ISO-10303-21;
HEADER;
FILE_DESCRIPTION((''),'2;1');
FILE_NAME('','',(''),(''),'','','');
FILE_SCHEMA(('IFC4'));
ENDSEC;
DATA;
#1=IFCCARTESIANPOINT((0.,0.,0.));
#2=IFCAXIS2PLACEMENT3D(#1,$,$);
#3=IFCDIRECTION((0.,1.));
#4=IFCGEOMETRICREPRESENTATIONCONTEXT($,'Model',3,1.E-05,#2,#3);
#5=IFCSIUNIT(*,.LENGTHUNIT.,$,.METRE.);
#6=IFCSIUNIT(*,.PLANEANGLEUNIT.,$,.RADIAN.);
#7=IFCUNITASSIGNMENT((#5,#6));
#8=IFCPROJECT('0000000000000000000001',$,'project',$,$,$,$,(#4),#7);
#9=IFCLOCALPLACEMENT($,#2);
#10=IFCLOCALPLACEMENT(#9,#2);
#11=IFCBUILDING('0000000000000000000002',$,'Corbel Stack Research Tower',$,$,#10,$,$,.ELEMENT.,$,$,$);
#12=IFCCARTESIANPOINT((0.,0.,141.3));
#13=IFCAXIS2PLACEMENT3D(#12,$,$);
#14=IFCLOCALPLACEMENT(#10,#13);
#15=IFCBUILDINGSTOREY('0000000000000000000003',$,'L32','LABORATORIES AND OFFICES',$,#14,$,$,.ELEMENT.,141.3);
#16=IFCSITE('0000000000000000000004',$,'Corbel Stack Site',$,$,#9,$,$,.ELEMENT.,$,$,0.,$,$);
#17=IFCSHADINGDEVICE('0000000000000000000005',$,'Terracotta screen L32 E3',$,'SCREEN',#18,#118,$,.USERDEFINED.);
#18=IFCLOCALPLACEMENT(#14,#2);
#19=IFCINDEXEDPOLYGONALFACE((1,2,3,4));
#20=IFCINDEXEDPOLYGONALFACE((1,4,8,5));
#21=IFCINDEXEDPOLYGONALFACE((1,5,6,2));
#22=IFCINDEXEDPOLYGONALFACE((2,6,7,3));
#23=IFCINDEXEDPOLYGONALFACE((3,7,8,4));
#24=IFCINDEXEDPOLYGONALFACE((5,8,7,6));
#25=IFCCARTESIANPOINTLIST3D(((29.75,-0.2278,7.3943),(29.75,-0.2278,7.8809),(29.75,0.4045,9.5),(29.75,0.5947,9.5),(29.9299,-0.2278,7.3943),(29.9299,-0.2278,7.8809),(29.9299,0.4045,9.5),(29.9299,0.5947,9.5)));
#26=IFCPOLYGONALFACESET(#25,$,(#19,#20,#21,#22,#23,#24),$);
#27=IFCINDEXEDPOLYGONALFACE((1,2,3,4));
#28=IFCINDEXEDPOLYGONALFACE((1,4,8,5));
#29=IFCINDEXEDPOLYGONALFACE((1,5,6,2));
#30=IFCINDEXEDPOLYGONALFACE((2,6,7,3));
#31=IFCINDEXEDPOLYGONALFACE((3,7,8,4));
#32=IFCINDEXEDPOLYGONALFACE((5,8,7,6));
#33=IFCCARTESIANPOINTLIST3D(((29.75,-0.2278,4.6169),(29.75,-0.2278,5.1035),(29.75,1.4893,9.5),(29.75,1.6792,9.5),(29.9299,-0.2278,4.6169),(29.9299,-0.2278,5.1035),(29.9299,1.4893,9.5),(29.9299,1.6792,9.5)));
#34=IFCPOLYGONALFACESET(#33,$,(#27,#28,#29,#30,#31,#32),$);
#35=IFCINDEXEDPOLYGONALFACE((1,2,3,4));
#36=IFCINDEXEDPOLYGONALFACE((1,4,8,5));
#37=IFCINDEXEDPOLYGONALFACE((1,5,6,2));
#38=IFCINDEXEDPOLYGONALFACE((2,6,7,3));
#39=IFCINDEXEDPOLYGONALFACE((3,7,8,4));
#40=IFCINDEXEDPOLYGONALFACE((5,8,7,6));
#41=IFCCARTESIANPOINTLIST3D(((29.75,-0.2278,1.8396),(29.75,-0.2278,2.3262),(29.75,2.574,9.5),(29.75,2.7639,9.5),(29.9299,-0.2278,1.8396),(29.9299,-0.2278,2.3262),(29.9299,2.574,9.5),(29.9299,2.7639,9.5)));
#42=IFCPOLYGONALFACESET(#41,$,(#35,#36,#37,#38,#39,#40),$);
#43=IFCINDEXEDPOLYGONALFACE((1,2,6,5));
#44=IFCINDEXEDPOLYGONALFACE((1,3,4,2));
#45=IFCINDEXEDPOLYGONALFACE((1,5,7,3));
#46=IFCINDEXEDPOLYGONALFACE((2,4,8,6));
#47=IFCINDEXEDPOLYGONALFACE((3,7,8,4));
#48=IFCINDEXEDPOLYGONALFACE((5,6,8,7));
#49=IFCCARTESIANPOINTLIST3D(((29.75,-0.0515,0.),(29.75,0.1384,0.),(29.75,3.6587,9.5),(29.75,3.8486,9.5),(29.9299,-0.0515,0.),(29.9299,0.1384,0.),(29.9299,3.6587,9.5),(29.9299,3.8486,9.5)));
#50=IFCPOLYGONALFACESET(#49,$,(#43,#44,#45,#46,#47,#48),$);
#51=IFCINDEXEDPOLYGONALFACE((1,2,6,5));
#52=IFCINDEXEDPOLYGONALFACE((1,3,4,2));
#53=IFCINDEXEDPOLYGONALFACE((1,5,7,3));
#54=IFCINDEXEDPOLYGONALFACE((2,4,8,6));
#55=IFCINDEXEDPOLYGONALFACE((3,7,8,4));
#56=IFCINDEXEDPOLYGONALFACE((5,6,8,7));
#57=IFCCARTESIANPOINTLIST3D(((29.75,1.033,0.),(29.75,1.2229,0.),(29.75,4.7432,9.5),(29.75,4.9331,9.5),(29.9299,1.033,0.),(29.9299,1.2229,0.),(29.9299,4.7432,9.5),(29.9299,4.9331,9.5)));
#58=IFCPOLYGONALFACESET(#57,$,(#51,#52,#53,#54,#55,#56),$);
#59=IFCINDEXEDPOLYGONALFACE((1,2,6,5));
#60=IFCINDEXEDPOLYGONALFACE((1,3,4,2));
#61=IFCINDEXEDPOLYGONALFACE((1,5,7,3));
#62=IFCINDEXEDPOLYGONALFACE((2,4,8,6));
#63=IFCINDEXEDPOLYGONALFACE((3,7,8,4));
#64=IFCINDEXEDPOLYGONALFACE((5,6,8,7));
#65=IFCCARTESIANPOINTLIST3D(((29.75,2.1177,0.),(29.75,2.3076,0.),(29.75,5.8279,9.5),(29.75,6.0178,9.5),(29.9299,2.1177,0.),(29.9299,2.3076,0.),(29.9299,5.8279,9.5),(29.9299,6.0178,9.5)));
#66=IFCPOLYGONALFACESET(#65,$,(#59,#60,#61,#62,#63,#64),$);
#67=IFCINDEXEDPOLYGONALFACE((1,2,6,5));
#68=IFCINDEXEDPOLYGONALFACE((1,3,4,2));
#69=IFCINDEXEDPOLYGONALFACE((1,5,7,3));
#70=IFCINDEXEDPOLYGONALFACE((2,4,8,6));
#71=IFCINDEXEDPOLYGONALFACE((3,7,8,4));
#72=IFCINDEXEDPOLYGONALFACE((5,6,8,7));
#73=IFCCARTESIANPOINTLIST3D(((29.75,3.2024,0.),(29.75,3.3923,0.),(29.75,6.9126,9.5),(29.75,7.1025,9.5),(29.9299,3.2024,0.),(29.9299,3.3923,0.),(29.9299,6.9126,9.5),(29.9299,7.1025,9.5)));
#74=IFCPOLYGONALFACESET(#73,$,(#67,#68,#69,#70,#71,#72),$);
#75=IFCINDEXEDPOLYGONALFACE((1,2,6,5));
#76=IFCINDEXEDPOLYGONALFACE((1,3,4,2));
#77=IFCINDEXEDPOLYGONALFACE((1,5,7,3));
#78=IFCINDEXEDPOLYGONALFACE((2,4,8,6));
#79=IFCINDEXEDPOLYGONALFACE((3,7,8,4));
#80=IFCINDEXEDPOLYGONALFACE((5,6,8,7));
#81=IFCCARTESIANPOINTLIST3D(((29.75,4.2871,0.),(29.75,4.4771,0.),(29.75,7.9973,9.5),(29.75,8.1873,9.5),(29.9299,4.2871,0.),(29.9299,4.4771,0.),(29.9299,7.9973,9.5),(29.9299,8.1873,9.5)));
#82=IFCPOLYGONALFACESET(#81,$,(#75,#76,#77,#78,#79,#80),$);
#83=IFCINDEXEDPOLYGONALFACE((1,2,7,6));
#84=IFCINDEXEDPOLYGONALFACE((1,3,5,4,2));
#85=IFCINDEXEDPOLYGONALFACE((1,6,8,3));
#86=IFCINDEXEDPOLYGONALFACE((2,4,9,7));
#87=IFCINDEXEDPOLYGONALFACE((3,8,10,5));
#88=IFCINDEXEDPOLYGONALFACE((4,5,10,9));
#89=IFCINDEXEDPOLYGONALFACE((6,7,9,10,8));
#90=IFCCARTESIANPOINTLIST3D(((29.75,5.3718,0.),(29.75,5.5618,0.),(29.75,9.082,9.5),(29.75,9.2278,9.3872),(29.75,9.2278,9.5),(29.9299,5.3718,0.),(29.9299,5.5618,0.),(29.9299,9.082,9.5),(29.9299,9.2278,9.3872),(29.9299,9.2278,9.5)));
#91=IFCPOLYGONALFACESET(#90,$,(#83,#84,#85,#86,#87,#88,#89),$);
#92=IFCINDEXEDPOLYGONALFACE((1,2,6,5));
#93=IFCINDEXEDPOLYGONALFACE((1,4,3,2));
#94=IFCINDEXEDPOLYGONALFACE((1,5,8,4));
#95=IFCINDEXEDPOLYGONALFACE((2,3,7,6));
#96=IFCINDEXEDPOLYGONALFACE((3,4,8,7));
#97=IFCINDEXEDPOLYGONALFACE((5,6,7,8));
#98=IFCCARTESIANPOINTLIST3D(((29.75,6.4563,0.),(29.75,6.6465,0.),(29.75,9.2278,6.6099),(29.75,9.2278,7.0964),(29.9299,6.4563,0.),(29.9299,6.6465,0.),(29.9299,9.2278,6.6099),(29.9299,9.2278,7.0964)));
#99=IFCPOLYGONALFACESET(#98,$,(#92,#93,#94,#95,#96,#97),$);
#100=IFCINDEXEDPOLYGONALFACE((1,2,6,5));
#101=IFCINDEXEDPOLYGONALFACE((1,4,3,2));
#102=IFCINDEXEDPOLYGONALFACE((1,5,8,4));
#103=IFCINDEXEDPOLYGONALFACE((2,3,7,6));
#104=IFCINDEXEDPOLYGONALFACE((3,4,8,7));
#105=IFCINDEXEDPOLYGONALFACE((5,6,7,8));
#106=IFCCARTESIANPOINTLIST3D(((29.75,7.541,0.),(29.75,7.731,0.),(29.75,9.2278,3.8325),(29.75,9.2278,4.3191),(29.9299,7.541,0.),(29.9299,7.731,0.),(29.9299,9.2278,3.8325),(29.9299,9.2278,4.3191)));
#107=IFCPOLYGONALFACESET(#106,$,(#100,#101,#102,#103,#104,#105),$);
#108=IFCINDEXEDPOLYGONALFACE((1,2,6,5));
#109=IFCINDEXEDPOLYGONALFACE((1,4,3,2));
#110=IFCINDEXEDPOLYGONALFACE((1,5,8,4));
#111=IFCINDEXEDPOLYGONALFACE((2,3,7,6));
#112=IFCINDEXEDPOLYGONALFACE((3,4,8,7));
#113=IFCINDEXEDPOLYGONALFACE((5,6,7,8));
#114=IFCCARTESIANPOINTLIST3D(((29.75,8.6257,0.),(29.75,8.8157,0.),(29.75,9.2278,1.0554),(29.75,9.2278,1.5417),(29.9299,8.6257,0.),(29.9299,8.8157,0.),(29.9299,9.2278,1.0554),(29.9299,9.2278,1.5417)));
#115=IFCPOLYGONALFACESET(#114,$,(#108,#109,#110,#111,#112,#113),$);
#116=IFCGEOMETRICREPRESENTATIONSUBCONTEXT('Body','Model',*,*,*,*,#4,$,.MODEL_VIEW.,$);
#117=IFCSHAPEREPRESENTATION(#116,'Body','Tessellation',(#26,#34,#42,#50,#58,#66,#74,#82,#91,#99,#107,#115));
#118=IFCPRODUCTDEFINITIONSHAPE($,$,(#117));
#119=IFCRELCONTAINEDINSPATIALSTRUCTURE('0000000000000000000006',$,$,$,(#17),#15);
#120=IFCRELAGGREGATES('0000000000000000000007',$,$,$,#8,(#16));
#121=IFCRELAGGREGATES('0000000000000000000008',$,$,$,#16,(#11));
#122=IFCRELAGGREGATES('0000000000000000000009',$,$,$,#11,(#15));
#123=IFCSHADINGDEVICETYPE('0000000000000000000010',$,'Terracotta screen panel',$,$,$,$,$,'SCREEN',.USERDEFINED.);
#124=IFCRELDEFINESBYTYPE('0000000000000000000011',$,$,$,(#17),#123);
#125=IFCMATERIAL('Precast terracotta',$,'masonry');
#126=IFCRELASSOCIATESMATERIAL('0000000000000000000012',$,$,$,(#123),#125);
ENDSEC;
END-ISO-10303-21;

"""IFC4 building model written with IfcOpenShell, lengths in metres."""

from ifc_helpers import new_model, si_unit, direction, frame, origin, place, context, subcontext, project, spatial, polyline, outline, extrude, source, transform, mapped, material, type_object, element, save


model = new_model("IFC4")

# Units and contexts
model_context = context("Model", 3, precision=1e-05, world=origin(), true_north=direction((0.0, 1.0)))
body_context = subcontext(model_context, "Body", "Model", "MODEL_VIEW")
ifc_project = project(units=[si_unit("LENGTHUNIT", "METRE"), si_unit("PLANEANGLEUNIT", "RADIAN")], contexts=[model_context])

# Site, building, storey
site_placement = place(None, origin())
site = spatial("IfcSite", under=ifc_project, at=site_placement, Name="Corbel Stack Site", CompositionType="ELEMENT", RefElevation=0.0)
building_placement = place(site_placement, origin())
building = spatial("IfcBuilding", under=site, at=building_placement, Name="Corbel Stack Research Tower", CompositionType="ELEMENT")
storey_placement = place(building_placement, frame((0.0, 0.0, 141.3)))
storey = spatial("IfcBuildingStorey", under=building, at=storey_placement, Name="L32", Description="LABORATORIES AND OFFICES", CompositionType="ELEMENT", Elevation=141.3)

# Shading device
ifc_material_1 = material(Name="Precast terracotta", Category="masonry")
shading_device_type = type_object("IfcShadingDeviceType", Name="Terracotta screen panel", ElementType="SCREEN", PredefinedType="USERDEFINED", material=ifc_material_1)
shared_shape_1 = source(origin(), body_context, "Body", "SweptSolid", [
    extrude(outline(polyline([(0.8225, 9.5), (0.6323, 9.5), (0.0, 7.8809), (0.0, 7.3943), (0.8225, 9.5)])), frame((0.0, 0.0, 0.0), z_axis=(0.0, -1.0, 0.0), x_axis=(1.0, 0.0, 0.0)), (0.0, 0.0, 1.0), 0.1799),
    extrude(outline(polyline([(1.907, 9.5), (1.717, 9.5), (0.0, 5.1035), (0.0, 4.6169), (1.907, 9.5)])), frame((0.0, 0.0, 0.0), z_axis=(0.0, -1.0, 0.0), x_axis=(1.0, 0.0, 0.0)), (0.0, 0.0, 1.0), 0.1799),
    extrude(outline(polyline([(2.9917, 9.5), (2.8018, 9.5), (0.0, 2.3262), (0.0, 1.8396), (2.9917, 9.5)])), frame((0.0, 0.0, 0.0), z_axis=(0.0, -1.0, 0.0), x_axis=(1.0, 0.0, 0.0)), (0.0, 0.0, 1.0), 0.1799),
    extrude(outline(polyline([(0.3662, 0.0), (4.0764, 9.5), (3.8865, 9.5), (0.1763, 0.0), (0.3662, 0.0)])), frame((0.0, 0.0, 0.0), z_axis=(0.0, -1.0, 0.0), x_axis=(1.0, 0.0, 0.0)), (0.0, 0.0, 1.0), 0.1799),
    extrude(outline(polyline([(1.4507, 0.0), (5.1609, 9.5), (4.9709, 9.5), (1.2607, 0.0), (1.4507, 0.0)])), frame((0.0, 0.0, 0.0), z_axis=(0.0, -1.0, 0.0), x_axis=(1.0, 0.0, 0.0)), (0.0, 0.0, 1.0), 0.1799),
    extrude(outline(polyline([(2.5354, 0.0), (6.2456, 9.5), (6.0557, 9.5), (2.3455, 0.0), (2.5354, 0.0)])), frame((0.0, 0.0, 0.0), z_axis=(0.0, -1.0, 0.0), x_axis=(1.0, 0.0, 0.0)), (0.0, 0.0, 1.0), 0.1799),
    extrude(outline(polyline([(3.6201, 0.0), (7.3303, 9.5), (7.1404, 9.5), (3.4302, 0.0), (3.6201, 0.0)])), frame((0.0, 0.0, 0.0), z_axis=(0.0, -1.0, 0.0), x_axis=(1.0, 0.0, 0.0)), (0.0, 0.0, 1.0), 0.1799),
    extrude(outline(polyline([(4.7048, 0.0), (8.415, 9.5), (8.2251, 9.5), (4.5149, 0.0), (4.7048, 0.0)])), frame((0.0, 0.0, 0.0), z_axis=(0.0, -1.0, 0.0), x_axis=(1.0, 0.0, 0.0)), (0.0, 0.0, 1.0), 0.1799),
    extrude(outline(polyline([(5.7896, 0.0), (9.4556, 9.3872), (9.4556, 9.5), (9.3098, 9.5), (5.5996, 0.0), (5.7896, 0.0)])), frame((0.0, 0.0, 0.0), z_axis=(0.0, -1.0, 0.0), x_axis=(1.0, 0.0, 0.0)), (0.0, 0.0, 1.0), 0.1799),
    extrude(outline(polyline([(6.8743, 0.0), (9.4556, 6.6099), (9.4556, 7.0964), (6.6841, 0.0), (6.8743, 0.0)])), frame((0.0, 0.0, 0.0), z_axis=(0.0, -1.0, 0.0), x_axis=(1.0, 0.0, 0.0)), (0.0, 0.0, 1.0), 0.1799),
    extrude(outline(polyline([(7.9587, 0.0), (9.4556, 3.8325), (9.4556, 4.3191), (7.7688, 0.0), (7.9587, 0.0)])), frame((0.0, 0.0, 0.0), z_axis=(0.0, -1.0, 0.0), x_axis=(1.0, 0.0, 0.0)), (0.0, 0.0, 1.0), 0.1799),
    extrude(outline(polyline([(9.0435, 0.0), (9.4556, 1.0554), (9.4556, 1.5417), (8.8535, 0.0), (9.0435, 0.0)])), frame((0.0, 0.0, 0.0), z_axis=(0.0, -1.0, 0.0), x_axis=(1.0, 0.0, 0.0)), (0.0, 0.0, 1.0), 0.1799),
])
shading_device_1_placement = place(storey_placement, frame((29.75, -0.2278, 0.0), z_axis=(0.0, 0.0, 1.0), x_axis=(0.0, 1.0, 0.0)))
element("IfcShadingDevice", 1, at=shading_device_1_placement, inside=storey, type_object=shading_device_type, Name="Terracotta screen L32 E3", ObjectType="SCREEN", PredefinedType="USERDEFINED", context=body_context, shape_type="MappedRepresentation", body=[
    mapped(shared_shape_1, transform((0.0, 0.0, 0.0))),
])

save(model, "model.ifc")
